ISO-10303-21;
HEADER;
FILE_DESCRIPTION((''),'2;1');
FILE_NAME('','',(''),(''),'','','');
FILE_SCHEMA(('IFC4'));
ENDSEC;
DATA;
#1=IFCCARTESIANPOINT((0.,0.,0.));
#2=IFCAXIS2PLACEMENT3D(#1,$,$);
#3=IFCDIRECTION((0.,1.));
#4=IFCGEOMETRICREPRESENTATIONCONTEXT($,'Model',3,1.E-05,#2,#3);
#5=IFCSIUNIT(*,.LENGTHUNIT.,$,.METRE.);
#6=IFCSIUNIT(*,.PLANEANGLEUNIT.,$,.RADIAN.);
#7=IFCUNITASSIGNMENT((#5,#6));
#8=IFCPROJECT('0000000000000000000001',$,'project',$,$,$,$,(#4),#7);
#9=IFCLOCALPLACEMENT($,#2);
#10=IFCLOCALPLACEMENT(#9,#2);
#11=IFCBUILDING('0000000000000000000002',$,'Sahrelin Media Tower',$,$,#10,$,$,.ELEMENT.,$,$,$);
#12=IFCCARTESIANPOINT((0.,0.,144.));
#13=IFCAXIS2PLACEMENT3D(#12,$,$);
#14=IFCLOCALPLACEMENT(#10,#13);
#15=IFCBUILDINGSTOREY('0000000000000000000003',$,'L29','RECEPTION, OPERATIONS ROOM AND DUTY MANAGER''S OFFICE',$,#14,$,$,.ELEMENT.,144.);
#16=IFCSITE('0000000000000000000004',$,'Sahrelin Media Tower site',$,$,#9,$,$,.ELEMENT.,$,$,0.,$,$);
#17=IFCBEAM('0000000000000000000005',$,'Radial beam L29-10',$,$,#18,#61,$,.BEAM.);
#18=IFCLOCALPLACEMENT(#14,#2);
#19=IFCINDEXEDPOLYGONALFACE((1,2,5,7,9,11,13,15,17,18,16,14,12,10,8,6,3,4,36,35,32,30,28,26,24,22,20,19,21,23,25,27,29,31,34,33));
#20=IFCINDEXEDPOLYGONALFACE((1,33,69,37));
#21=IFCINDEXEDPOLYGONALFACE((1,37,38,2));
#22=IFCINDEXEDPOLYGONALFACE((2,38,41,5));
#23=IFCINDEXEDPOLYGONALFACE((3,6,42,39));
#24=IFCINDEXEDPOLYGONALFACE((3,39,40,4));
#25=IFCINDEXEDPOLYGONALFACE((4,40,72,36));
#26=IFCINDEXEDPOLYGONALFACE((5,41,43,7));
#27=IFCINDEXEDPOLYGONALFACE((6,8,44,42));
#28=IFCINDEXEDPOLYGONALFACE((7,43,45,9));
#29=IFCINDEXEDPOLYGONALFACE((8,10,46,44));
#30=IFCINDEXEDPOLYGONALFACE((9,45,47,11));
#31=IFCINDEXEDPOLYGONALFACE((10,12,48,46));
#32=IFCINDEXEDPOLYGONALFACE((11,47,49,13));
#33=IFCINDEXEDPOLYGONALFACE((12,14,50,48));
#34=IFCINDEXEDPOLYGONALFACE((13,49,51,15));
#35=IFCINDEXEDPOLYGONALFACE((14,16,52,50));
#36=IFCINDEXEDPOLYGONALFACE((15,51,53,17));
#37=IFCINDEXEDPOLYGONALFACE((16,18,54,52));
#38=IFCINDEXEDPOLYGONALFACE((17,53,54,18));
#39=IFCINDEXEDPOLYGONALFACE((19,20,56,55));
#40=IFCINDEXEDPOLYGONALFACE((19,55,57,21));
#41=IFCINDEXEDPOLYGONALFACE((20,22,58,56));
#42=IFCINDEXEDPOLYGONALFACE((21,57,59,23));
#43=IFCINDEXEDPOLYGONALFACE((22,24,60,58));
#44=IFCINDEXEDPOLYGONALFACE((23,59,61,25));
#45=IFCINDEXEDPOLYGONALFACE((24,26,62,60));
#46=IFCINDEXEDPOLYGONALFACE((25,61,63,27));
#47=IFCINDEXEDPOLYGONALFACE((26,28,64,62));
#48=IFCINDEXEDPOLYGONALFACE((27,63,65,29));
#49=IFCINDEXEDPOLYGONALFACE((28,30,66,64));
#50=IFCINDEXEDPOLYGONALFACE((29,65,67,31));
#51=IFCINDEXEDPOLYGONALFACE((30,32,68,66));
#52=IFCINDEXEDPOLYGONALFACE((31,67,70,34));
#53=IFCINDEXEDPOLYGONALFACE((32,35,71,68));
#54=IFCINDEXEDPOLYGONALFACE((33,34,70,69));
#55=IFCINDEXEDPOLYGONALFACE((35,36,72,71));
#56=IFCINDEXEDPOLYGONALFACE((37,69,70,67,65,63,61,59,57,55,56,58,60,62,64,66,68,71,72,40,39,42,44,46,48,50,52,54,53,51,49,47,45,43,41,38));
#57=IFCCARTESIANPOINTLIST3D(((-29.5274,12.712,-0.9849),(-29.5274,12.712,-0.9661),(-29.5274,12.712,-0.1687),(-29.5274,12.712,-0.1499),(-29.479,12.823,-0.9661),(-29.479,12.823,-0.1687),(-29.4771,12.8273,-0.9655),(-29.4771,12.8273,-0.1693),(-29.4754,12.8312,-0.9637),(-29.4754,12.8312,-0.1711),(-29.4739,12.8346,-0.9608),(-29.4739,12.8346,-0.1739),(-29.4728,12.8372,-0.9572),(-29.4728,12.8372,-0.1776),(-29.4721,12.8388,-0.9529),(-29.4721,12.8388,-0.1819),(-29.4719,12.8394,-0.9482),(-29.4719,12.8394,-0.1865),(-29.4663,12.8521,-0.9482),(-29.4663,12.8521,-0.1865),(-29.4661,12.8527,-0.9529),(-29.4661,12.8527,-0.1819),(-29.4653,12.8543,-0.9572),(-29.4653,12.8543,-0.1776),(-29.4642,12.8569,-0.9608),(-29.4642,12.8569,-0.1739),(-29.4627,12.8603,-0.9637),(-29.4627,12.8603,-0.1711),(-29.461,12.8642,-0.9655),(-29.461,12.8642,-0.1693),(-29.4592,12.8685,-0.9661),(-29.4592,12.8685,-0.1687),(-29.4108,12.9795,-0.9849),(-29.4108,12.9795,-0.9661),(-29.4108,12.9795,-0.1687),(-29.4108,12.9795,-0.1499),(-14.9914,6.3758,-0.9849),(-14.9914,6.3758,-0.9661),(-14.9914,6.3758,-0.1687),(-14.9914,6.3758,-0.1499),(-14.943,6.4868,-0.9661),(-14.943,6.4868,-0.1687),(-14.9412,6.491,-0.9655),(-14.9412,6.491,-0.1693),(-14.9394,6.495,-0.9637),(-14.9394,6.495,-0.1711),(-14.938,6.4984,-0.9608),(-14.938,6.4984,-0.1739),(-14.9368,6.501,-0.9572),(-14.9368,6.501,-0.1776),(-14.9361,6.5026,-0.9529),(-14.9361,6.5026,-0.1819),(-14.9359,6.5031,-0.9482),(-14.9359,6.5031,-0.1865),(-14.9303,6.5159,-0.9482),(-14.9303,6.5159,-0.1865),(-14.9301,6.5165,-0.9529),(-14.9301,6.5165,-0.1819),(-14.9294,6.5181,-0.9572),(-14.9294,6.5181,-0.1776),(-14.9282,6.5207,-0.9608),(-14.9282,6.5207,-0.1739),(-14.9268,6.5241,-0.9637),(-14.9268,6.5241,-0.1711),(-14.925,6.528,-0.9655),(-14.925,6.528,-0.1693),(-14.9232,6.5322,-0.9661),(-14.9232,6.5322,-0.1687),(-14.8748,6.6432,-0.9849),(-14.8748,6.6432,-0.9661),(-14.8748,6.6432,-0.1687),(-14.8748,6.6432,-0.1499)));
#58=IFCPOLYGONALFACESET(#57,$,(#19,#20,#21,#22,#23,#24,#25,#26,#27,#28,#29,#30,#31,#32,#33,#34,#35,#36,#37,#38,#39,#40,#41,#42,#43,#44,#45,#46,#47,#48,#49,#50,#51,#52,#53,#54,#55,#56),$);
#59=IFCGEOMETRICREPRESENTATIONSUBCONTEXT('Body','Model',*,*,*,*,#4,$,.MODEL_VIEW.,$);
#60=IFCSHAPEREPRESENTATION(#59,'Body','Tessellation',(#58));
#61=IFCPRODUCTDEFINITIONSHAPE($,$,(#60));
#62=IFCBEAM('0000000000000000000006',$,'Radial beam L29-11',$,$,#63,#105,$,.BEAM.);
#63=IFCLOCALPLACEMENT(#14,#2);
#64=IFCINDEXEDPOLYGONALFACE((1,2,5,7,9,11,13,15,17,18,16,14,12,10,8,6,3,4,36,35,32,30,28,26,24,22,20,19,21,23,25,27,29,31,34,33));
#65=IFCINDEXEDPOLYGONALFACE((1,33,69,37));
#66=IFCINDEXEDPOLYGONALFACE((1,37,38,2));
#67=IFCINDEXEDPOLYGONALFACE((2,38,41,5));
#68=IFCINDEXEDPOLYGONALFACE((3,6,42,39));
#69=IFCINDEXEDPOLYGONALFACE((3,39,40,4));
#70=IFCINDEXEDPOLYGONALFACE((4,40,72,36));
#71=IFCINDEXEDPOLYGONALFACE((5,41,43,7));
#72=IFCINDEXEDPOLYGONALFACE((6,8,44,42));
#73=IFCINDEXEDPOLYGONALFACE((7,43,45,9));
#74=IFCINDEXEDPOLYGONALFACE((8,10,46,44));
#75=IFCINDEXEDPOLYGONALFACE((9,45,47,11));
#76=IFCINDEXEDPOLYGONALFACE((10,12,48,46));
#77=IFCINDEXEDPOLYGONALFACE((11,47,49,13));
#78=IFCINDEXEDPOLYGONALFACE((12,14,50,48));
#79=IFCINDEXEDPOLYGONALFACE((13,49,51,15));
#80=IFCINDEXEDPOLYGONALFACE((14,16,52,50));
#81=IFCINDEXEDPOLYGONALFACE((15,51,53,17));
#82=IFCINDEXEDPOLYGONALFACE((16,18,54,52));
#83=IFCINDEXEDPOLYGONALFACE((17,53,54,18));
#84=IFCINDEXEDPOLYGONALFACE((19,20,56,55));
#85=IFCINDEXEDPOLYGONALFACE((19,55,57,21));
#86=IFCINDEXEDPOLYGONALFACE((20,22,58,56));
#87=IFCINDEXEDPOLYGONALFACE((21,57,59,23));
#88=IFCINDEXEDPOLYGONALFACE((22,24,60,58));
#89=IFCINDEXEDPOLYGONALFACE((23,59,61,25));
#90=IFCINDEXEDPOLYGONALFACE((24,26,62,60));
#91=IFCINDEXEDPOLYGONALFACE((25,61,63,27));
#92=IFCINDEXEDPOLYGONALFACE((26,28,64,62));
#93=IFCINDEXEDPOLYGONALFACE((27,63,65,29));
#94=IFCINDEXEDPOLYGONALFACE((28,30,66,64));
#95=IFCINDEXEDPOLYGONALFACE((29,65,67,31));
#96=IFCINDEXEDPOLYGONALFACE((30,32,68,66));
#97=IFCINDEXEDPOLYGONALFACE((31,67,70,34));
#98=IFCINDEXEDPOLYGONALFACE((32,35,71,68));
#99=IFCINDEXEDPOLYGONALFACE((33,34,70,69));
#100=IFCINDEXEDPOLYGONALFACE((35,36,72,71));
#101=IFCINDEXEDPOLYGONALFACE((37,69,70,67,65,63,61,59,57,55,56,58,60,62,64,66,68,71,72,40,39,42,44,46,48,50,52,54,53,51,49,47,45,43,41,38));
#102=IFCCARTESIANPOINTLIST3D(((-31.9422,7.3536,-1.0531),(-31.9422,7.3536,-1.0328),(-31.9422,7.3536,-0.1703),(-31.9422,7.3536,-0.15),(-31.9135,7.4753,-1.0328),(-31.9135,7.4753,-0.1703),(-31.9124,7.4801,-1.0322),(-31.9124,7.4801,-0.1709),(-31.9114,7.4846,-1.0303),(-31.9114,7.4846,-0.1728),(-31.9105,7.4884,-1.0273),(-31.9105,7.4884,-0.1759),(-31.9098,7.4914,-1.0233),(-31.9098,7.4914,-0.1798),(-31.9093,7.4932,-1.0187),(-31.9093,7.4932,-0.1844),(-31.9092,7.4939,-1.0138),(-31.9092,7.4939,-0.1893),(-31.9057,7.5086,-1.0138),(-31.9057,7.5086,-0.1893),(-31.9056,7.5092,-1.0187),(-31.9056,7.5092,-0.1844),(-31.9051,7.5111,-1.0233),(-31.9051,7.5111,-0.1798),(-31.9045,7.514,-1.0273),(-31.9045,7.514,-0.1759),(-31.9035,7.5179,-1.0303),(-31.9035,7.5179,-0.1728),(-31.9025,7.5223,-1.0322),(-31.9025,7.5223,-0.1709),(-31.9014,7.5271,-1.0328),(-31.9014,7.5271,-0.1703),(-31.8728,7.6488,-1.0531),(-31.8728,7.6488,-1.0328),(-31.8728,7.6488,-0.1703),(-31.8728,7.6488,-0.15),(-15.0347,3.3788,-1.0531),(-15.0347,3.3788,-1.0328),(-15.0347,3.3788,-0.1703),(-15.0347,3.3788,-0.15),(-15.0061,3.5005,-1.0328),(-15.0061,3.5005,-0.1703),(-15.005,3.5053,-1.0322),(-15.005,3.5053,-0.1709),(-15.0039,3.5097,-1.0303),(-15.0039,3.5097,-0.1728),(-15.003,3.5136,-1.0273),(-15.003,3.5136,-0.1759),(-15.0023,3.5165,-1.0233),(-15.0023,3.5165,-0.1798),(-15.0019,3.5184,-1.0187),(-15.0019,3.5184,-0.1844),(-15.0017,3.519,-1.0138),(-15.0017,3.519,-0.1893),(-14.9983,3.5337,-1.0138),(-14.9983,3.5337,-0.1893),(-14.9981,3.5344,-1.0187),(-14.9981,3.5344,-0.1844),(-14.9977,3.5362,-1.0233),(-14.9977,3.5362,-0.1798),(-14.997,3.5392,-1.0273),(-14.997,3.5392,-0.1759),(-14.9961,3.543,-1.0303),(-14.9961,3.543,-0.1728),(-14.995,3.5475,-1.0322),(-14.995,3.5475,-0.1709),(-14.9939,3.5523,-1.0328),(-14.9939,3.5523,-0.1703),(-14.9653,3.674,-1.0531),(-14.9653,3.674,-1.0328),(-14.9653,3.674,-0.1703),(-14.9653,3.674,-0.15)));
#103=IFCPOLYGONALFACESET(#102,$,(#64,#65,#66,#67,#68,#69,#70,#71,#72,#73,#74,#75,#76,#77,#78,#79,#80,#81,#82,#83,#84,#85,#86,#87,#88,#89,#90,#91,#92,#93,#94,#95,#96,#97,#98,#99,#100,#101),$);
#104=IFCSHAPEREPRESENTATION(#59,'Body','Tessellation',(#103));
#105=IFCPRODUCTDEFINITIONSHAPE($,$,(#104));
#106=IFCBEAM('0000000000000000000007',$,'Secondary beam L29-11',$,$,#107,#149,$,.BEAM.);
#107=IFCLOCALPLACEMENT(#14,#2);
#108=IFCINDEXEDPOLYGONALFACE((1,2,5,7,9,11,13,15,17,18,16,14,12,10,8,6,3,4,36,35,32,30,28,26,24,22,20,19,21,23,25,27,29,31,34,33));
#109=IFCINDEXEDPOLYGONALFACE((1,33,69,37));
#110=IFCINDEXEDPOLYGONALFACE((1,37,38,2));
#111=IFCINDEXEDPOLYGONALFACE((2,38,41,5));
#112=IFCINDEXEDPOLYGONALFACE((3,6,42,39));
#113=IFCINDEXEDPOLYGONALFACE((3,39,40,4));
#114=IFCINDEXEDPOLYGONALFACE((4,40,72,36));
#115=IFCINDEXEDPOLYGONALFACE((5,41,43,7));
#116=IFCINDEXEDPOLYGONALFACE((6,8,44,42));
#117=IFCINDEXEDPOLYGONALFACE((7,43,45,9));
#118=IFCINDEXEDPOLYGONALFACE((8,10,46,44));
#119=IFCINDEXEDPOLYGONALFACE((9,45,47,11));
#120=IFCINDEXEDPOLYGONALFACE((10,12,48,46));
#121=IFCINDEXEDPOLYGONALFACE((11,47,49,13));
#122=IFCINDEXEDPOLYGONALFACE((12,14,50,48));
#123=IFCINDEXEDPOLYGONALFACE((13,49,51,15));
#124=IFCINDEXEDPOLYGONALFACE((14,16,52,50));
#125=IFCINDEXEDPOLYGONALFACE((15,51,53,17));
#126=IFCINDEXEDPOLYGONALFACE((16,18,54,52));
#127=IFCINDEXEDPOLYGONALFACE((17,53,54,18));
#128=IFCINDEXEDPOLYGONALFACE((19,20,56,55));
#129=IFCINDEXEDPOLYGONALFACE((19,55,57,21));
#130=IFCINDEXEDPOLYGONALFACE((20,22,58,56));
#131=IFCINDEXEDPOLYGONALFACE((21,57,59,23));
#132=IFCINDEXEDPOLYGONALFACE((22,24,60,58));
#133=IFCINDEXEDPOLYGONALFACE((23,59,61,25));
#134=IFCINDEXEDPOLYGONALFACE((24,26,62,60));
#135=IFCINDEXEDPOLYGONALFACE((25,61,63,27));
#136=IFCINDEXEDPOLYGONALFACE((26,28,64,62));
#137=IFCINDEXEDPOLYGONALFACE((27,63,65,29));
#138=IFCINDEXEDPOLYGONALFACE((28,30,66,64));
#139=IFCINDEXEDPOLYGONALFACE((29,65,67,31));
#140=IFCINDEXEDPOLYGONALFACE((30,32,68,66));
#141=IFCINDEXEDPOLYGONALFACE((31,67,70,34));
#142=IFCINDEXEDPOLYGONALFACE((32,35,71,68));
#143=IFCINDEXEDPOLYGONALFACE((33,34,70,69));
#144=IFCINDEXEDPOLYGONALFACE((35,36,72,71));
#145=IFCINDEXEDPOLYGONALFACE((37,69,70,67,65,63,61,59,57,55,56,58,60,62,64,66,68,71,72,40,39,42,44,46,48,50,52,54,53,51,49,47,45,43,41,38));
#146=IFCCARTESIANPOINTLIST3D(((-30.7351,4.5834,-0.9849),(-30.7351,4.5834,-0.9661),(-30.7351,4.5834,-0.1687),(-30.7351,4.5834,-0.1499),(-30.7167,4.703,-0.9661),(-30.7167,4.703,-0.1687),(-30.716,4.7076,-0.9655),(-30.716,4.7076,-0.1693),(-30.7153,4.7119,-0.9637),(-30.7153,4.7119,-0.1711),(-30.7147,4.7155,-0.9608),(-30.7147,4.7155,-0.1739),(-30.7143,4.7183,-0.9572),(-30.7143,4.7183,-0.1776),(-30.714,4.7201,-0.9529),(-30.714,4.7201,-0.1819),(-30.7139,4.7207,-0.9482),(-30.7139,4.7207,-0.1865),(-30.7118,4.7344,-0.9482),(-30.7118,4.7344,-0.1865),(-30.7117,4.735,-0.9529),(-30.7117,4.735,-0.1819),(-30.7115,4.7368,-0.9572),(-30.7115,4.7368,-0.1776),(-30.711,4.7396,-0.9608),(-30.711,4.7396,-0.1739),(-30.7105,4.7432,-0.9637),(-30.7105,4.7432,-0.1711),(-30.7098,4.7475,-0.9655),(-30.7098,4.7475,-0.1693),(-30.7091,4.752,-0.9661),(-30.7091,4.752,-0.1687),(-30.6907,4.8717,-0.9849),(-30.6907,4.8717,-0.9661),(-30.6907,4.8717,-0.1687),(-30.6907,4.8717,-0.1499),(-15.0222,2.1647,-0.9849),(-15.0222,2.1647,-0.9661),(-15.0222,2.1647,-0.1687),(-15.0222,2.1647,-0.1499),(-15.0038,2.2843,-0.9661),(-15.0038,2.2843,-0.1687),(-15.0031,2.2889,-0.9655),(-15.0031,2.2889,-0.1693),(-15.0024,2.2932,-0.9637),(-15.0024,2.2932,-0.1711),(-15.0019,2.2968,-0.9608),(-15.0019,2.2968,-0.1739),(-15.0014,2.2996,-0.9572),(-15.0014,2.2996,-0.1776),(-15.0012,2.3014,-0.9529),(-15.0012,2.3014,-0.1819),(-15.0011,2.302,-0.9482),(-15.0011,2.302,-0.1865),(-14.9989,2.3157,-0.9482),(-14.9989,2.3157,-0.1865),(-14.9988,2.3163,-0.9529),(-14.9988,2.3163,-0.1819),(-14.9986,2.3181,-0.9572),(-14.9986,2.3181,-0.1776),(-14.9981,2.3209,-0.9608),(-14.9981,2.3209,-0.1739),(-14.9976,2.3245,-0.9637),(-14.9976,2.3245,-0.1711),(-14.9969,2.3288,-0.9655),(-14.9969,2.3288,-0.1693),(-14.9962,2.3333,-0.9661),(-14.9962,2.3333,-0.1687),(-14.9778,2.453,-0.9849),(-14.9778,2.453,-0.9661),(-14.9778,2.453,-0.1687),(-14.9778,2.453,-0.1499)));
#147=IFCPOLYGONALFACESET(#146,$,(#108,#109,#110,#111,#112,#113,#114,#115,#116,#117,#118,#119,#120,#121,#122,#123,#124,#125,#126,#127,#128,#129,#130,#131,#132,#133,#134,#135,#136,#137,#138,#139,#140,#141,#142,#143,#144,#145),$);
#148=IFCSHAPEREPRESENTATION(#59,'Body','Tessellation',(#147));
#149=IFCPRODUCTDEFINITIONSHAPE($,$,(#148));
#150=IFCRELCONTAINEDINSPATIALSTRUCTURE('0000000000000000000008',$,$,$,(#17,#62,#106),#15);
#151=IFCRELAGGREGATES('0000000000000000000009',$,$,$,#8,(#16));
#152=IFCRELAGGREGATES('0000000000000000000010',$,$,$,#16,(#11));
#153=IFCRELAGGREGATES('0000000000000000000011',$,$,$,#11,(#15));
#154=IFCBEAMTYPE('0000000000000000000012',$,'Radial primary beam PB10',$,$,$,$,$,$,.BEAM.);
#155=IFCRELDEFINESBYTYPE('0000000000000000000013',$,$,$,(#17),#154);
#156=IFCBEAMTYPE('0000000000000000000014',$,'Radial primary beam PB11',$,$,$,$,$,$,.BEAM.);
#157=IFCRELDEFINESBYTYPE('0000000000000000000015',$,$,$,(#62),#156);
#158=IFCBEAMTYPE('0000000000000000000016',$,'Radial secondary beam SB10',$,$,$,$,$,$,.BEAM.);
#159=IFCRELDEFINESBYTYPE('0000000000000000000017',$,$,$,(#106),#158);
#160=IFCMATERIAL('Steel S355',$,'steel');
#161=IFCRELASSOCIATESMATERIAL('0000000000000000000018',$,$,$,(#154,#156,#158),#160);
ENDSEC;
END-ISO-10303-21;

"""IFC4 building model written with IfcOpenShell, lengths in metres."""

from ifc_helpers import new_model, si_unit, direction, frame, origin, origin_2d, place, context, subcontext, project, spatial, i_section, extrude, material, material_profile, profile_set, type_object, element, save


model = new_model("IFC4")

# Units and contexts
model_context = context("Model", 3, precision=1e-05, world=origin(), true_north=direction((0.0, 1.0)))
body_context = subcontext(model_context, "Body", "Model", "MODEL_VIEW")
ifc_project = project(units=[si_unit("LENGTHUNIT", "METRE"), si_unit("PLANEANGLEUNIT", "RADIAN")], contexts=[model_context])

# Site, building, storey
site_placement = place(None, origin())
site = spatial("IfcSite", under=ifc_project, at=site_placement, Name="Sahrelin Media Tower site", CompositionType="ELEMENT", RefElevation=0.0)
building_placement = place(site_placement, origin())
building = spatial("IfcBuilding", under=site, at=building_placement, Name="Sahrelin Media Tower", CompositionType="ELEMENT")
storey_placement = place(building_placement, frame((0.0, 0.0, 144.0)))
storey = spatial("IfcBuildingStorey", under=building, at=storey_placement, Name="L29", Description="RECEPTION, OPERATIONS ROOM AND DUTY MANAGER'S OFFICE", CompositionType="ELEMENT", Elevation=144.0)

# Beams
ifc_material_1 = material(Name="Steel S355", Category="steel")
ifc_material_profile_1 = material_profile(ifc_material_1, i_section(OverallWidth=0.2917, OverallDepth=0.835, WebThickness=0.0139, FlangeThickness=0.0188, FilletRadius=0.0178, at=origin_2d()), Name="UB 838x292x176")
ifc_profile_set_1 = profile_set([ifc_material_profile_1], Name="Steel S355")
beam_type_1 = type_object("IfcBeamType", Name="Radial primary beam PB10", PredefinedType="BEAM", material=ifc_profile_set_1)
beam_1_placement = place(storey_placement, frame((-14.9331, 6.5095, -0.5674), z_axis=(-0.916695, 0.399587, 0.0), x_axis=(-0.399587, -0.916695, 0.0)))
element("IfcBeam", 1, at=beam_1_placement, inside=storey, type_object=beam_type_1, Name="Radial beam L29-10", PredefinedType="BEAM", context=body_context, shape_type="SweptSolid", body=[
    extrude(i_section(OverallWidth=0.2917, OverallDepth=0.835, WebThickness=0.0139, FlangeThickness=0.0188, FilletRadius=0.0178, at=origin_2d()), origin(), (0.0, 0.0, 1.0), 15.8569),
])
ifc_material_profile_2 = material_profile(ifc_material_1, i_section(OverallWidth=0.3032, OverallDepth=0.9031, WebThickness=0.0151, FlangeThickness=0.0203, FilletRadius=0.019, at=origin_2d()), Name="UB 914x305x201")
ifc_profile_set_2 = profile_set([ifc_material_profile_2], Name="Steel S355")
beam_type_2 = type_object("IfcBeamType", Name="Radial primary beam PB11", PredefinedType="BEAM", material=ifc_profile_set_2)
beam_2_placement = place(storey_placement, frame((-15.0, 3.5264, -0.6016), z_axis=(-0.97346, 0.228855, 0.0), x_axis=(-0.228855, -0.97346, 0.0)))
element("IfcBeam", 2, at=beam_2_placement, inside=storey, type_object=beam_type_2, Name="Radial beam L29-11", PredefinedType="BEAM", context=body_context, shape_type="SweptSolid", body=[
    extrude(i_section(OverallWidth=0.3032, OverallDepth=0.9031, WebThickness=0.0151, FlangeThickness=0.0203, FilletRadius=0.019, at=origin_2d()), origin(), (0.0, 0.0, 1.0), 17.3684),
])
ifc_material_profile_3 = material_profile(ifc_material_1, i_section(OverallWidth=0.2917, OverallDepth=0.835, WebThickness=0.0139, FlangeThickness=0.0188, FilletRadius=0.0178, at=origin_2d()), Name="UB 838x292x176")
ifc_profile_set_3 = profile_set([ifc_material_profile_3], Name="Steel S355")
beam_type_3 = type_object("IfcBeamType", Name="Radial secondary beam SB10", PredefinedType="BEAM", material=ifc_profile_set_3)
beam_3_placement = place(storey_placement, frame((-15.0, 2.3088, -0.5674), z_axis=(-0.988359, 0.152139, 0.0), x_axis=(-0.152139, -0.988359, 0.0)))
element("IfcBeam", 3, at=beam_3_placement, inside=storey, type_object=beam_type_3, Name="Secondary beam L29-11", PredefinedType="BEAM", context=body_context, shape_type="SweptSolid", body=[
    extrude(i_section(OverallWidth=0.2917, OverallDepth=0.835, WebThickness=0.0139, FlangeThickness=0.0188, FilletRadius=0.0178, at=origin_2d()), origin(), (0.0, 0.0, 1.0), 15.8979),
])

save(model, "model.ifc")
